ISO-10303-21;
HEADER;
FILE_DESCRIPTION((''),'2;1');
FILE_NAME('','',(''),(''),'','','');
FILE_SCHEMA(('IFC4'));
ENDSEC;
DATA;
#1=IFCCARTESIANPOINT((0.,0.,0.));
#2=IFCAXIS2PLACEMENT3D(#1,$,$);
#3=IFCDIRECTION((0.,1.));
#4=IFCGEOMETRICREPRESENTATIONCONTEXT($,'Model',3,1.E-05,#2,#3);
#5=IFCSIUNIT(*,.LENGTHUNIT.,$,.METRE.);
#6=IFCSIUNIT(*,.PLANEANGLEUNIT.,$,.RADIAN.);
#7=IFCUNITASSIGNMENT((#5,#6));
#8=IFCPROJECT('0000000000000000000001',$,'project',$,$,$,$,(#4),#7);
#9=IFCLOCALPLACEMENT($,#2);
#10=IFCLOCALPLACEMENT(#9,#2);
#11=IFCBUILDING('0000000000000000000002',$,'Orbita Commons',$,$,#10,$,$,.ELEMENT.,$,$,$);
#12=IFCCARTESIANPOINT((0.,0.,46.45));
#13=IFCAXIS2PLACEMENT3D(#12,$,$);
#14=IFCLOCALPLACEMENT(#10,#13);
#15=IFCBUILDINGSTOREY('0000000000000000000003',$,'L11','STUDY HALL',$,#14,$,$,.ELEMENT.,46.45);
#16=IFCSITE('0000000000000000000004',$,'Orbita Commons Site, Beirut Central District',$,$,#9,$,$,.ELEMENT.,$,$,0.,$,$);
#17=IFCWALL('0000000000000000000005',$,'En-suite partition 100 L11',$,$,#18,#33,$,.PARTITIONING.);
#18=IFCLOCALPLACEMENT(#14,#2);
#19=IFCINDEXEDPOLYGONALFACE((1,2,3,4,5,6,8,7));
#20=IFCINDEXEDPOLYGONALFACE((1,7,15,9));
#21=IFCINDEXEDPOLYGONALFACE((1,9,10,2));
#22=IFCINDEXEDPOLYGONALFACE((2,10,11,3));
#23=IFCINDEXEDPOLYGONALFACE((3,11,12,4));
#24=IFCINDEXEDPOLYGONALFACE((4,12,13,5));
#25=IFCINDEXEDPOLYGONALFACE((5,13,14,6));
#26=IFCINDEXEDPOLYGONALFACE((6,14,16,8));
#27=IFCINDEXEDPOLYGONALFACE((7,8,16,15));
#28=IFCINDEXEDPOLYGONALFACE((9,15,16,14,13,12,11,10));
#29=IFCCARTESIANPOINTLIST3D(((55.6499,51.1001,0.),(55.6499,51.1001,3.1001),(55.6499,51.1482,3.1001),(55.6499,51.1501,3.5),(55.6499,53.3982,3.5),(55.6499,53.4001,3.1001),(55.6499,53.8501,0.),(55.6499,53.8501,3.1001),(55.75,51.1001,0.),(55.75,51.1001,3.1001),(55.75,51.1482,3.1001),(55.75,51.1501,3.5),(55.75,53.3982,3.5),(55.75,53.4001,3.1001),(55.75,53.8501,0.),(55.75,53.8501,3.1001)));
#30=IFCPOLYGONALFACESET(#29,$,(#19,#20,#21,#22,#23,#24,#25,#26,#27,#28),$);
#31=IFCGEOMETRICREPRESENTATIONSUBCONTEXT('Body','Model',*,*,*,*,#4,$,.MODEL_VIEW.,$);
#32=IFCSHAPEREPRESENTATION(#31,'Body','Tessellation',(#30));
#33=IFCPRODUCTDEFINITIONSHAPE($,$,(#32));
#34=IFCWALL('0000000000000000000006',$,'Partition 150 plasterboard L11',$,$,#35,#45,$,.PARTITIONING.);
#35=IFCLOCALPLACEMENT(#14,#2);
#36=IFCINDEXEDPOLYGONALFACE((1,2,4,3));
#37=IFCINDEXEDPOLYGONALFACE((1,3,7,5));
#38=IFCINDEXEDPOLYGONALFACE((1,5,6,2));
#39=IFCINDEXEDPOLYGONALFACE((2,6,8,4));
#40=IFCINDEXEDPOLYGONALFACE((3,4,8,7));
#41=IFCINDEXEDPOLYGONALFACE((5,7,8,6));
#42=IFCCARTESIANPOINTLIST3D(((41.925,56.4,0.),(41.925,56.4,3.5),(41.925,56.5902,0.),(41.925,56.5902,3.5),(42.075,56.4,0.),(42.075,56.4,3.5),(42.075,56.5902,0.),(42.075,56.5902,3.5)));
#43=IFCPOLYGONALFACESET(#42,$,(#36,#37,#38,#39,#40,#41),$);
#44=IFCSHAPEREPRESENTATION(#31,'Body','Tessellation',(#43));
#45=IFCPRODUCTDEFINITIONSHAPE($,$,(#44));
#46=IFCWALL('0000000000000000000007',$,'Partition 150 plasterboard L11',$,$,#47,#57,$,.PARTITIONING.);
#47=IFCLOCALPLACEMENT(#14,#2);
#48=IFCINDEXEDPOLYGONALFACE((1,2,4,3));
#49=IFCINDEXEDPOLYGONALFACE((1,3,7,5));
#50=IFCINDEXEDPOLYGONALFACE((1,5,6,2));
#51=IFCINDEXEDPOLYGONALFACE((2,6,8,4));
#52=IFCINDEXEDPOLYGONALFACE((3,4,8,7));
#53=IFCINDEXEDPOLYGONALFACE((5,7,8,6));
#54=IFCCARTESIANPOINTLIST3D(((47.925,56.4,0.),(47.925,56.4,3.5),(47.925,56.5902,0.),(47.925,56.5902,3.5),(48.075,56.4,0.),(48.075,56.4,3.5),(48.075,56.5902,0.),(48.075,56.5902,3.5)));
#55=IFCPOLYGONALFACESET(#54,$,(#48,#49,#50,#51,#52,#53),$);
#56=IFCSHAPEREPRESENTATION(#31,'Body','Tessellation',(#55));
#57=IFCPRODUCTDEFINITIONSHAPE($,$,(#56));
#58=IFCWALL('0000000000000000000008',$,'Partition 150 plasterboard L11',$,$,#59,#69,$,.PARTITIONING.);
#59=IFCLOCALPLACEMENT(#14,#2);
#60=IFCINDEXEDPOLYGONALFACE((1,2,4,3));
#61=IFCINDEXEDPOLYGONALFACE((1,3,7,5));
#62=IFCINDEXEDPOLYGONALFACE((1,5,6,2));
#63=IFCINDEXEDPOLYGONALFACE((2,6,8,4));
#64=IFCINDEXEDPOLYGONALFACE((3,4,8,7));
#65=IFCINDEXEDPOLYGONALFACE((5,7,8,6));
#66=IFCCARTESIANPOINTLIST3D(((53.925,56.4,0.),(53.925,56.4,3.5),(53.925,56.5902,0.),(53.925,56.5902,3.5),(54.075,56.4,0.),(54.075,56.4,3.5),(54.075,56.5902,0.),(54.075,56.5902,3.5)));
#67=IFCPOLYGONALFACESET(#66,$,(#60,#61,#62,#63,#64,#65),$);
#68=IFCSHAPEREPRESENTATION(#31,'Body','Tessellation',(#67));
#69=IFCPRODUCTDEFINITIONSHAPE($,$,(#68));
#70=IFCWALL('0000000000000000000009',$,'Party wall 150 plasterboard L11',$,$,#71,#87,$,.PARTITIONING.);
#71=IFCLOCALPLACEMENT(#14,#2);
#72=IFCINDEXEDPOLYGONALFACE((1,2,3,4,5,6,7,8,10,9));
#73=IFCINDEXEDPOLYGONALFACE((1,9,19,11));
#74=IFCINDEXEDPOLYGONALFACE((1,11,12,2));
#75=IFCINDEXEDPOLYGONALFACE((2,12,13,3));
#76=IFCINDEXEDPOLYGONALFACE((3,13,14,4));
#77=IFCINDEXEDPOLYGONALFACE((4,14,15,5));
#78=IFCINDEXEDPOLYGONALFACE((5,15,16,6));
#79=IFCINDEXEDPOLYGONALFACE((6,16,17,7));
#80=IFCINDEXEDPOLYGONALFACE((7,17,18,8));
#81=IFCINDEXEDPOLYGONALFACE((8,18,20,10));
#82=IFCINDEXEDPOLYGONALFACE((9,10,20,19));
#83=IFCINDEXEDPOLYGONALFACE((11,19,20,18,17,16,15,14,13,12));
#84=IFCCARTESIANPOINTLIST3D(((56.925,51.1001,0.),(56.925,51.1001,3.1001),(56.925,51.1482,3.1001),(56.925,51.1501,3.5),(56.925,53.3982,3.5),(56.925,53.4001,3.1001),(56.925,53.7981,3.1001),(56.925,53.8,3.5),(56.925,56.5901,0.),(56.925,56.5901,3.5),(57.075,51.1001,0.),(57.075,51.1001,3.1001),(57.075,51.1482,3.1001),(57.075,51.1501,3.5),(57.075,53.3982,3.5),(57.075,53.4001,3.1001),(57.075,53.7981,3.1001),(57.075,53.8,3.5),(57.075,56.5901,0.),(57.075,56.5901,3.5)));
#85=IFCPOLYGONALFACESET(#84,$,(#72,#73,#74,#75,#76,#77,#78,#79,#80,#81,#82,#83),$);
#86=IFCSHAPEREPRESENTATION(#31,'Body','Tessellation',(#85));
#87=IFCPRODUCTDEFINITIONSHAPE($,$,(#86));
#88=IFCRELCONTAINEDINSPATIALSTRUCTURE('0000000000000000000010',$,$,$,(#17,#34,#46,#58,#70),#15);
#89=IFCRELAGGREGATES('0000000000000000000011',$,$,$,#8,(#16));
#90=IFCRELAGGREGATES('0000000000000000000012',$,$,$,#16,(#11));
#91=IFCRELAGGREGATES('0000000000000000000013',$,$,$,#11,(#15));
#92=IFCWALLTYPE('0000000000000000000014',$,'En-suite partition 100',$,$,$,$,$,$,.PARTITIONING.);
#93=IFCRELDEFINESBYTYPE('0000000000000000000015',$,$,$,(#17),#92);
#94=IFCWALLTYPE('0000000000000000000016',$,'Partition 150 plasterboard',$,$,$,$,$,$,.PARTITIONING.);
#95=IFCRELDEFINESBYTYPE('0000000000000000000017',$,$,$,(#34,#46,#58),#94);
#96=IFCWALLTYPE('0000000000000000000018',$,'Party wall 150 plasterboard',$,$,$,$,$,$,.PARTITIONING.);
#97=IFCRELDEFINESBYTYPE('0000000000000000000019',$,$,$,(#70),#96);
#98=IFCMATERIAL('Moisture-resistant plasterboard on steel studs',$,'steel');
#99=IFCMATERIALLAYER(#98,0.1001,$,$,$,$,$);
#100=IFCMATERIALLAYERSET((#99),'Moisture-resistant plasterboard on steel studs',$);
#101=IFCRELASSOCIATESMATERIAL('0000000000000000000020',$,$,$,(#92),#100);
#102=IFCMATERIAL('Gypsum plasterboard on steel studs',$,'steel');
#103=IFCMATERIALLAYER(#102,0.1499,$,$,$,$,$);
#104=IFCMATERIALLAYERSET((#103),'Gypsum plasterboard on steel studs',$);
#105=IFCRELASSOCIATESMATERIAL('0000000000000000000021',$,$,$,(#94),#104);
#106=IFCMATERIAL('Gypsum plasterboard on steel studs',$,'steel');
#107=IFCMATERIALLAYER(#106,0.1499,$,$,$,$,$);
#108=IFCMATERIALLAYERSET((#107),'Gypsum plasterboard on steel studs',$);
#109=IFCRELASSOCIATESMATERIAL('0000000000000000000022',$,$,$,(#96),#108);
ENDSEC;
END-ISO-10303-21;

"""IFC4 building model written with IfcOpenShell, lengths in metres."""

from ifc_helpers import new_model, si_unit, direction, frame, frame_2d, origin, place, context, subcontext, project, spatial, polyline, rectangle, outline, extrude, material, layer, layer_set, type_object, element, save


model = new_model("IFC4")

# Units and contexts
model_context = context("Model", 3, precision=1e-05, world=origin(), true_north=direction((0.0, 1.0)))
body_context = subcontext(model_context, "Body", "Model", "MODEL_VIEW")
ifc_project = project(units=[si_unit("LENGTHUNIT", "METRE"), si_unit("PLANEANGLEUNIT", "RADIAN")], contexts=[model_context])

# Site, building, storey
site_placement = place(None, origin())
site = spatial("IfcSite", under=ifc_project, at=site_placement, Name="Orbita Commons Site, Beirut Central District", CompositionType="ELEMENT", RefElevation=0.0)
building_placement = place(site_placement, origin())
building = spatial("IfcBuilding", under=site, at=building_placement, Name="Orbita Commons", CompositionType="ELEMENT")
storey_placement = place(building_placement, frame((0.0, 0.0, 46.45)))
storey = spatial("IfcBuildingStorey", under=building, at=storey_placement, Name="L11", Description="STUDY HALL", CompositionType="ELEMENT", Elevation=46.45)

# Shared definitions
ifc_material_1 = material(Name="Moisture-resistant plasterboard on steel studs", Category="steel")
ifc_layer_1 = layer(ifc_material_1, 0.1001)
ifc_layer_set_1 = layer_set([ifc_layer_1], Name="Moisture-resistant plasterboard on steel studs")
wall_type_1 = type_object("IfcWallType", Name="En-suite partition 100", PredefinedType="PARTITIONING", material=ifc_layer_set_1)

# Walls
wall_1_placement = place(storey_placement, frame((55.7, 53.8501, 0.0), z_axis=(0.0, 0.0, 1.0), x_axis=(0.0, -1.0, 0.0)))
element("IfcWall", 1, at=wall_1_placement, inside=storey, type_object=wall_type_1, Name="En-suite partition 100 L11", PredefinedType="PARTITIONING", context=body_context, shape_type="SweptSolid", body=[
    extrude(outline(polyline([(0.0, 0.0), (2.75, 0.0), (2.75, 3.1001), (2.7019, 3.1001), (2.7, 3.5), (0.4519, 3.5), (0.45, 3.1001), (0.0, 3.1001), (0.0, 0.0)])), frame((0.0, 0.05, 0.0), z_axis=(0.0, -1.0, 0.0), x_axis=(1.0, 0.0, 0.0)), (0.0, 0.0, 1.0), 0.1001),
])
ifc_material_2 = material(Name="Gypsum plasterboard on steel studs", Category="steel")
ifc_layer_2 = layer(ifc_material_2, 0.1499)
ifc_layer_set_2 = layer_set([ifc_layer_2], Name="Gypsum plasterboard on steel studs")
wall_type_2 = type_object("IfcWallType", Name="Partition 150 plasterboard", PredefinedType="PARTITIONING", material=ifc_layer_set_2)
for number, where, z_axis, x_axis, name in (
    (2, (42.0, 56.3999, 0.0), (0.0, 0.0, 1.0), (0.0, 1.0, 0.0), "Partition 150 plasterboard L11"),
    (3, (48.0, 56.3999, 0.0), (0.0, 0.0, 1.0), (0.0, 1.0, 0.0), "Partition 150 plasterboard L11"),
    (4, (54.0, 56.3999, 0.0), (0.0, 0.0, 1.0), (0.0, 1.0, 0.0), "Partition 150 plasterboard L11"),
):
    element("IfcWall", number, at=place(storey_placement, frame(where, z_axis=z_axis, x_axis=x_axis)), inside=storey, type_object=wall_type_2, Name=name, PredefinedType="PARTITIONING", context=body_context, shape_type="SweptSolid", body=[
        extrude(rectangle(XDim=0.1902, YDim=0.1499, at=frame_2d((0.0952, 0.0))), origin(), (0.0, 0.0, 1.0), 3.5),
    ])
ifc_material_3 = material(Name="Gypsum plasterboard on steel studs", Category="steel")
ifc_layer_3 = layer(ifc_material_3, 0.1499)
ifc_layer_set_3 = layer_set([ifc_layer_3], Name="Gypsum plasterboard on steel studs")
wall_type_3 = type_object("IfcWallType", Name="Party wall 150 plasterboard", PredefinedType="PARTITIONING", material=ifc_layer_set_3)
wall_2_placement = place(storey_placement, frame((57.0, 56.5901, 0.0), z_axis=(0.0, 0.0, 1.0), x_axis=(0.0, -1.0, 0.0)))
element("IfcWall", 5, at=wall_2_placement, inside=storey, type_object=wall_type_3, Name="Party wall 150 plasterboard L11", PredefinedType="PARTITIONING", context=body_context, shape_type="SweptSolid", body=[
    extrude(outline(polyline([(0.0, 0.0), (5.49, 0.0), (5.49, 3.1001), (5.4419, 3.1001), (5.4399, 3.5), (3.1919, 3.5), (3.1899, 3.1001), (2.792, 3.1001), (2.79, 3.5), (0.0, 3.5), (0.0, 0.0)])), frame((0.0, 0.075, 0.0), z_axis=(0.0, -1.0, 0.0), x_axis=(1.0, 0.0, 0.0)), (0.0, 0.0, 1.0), 0.1499),
])

save(model, "model.ifc")
